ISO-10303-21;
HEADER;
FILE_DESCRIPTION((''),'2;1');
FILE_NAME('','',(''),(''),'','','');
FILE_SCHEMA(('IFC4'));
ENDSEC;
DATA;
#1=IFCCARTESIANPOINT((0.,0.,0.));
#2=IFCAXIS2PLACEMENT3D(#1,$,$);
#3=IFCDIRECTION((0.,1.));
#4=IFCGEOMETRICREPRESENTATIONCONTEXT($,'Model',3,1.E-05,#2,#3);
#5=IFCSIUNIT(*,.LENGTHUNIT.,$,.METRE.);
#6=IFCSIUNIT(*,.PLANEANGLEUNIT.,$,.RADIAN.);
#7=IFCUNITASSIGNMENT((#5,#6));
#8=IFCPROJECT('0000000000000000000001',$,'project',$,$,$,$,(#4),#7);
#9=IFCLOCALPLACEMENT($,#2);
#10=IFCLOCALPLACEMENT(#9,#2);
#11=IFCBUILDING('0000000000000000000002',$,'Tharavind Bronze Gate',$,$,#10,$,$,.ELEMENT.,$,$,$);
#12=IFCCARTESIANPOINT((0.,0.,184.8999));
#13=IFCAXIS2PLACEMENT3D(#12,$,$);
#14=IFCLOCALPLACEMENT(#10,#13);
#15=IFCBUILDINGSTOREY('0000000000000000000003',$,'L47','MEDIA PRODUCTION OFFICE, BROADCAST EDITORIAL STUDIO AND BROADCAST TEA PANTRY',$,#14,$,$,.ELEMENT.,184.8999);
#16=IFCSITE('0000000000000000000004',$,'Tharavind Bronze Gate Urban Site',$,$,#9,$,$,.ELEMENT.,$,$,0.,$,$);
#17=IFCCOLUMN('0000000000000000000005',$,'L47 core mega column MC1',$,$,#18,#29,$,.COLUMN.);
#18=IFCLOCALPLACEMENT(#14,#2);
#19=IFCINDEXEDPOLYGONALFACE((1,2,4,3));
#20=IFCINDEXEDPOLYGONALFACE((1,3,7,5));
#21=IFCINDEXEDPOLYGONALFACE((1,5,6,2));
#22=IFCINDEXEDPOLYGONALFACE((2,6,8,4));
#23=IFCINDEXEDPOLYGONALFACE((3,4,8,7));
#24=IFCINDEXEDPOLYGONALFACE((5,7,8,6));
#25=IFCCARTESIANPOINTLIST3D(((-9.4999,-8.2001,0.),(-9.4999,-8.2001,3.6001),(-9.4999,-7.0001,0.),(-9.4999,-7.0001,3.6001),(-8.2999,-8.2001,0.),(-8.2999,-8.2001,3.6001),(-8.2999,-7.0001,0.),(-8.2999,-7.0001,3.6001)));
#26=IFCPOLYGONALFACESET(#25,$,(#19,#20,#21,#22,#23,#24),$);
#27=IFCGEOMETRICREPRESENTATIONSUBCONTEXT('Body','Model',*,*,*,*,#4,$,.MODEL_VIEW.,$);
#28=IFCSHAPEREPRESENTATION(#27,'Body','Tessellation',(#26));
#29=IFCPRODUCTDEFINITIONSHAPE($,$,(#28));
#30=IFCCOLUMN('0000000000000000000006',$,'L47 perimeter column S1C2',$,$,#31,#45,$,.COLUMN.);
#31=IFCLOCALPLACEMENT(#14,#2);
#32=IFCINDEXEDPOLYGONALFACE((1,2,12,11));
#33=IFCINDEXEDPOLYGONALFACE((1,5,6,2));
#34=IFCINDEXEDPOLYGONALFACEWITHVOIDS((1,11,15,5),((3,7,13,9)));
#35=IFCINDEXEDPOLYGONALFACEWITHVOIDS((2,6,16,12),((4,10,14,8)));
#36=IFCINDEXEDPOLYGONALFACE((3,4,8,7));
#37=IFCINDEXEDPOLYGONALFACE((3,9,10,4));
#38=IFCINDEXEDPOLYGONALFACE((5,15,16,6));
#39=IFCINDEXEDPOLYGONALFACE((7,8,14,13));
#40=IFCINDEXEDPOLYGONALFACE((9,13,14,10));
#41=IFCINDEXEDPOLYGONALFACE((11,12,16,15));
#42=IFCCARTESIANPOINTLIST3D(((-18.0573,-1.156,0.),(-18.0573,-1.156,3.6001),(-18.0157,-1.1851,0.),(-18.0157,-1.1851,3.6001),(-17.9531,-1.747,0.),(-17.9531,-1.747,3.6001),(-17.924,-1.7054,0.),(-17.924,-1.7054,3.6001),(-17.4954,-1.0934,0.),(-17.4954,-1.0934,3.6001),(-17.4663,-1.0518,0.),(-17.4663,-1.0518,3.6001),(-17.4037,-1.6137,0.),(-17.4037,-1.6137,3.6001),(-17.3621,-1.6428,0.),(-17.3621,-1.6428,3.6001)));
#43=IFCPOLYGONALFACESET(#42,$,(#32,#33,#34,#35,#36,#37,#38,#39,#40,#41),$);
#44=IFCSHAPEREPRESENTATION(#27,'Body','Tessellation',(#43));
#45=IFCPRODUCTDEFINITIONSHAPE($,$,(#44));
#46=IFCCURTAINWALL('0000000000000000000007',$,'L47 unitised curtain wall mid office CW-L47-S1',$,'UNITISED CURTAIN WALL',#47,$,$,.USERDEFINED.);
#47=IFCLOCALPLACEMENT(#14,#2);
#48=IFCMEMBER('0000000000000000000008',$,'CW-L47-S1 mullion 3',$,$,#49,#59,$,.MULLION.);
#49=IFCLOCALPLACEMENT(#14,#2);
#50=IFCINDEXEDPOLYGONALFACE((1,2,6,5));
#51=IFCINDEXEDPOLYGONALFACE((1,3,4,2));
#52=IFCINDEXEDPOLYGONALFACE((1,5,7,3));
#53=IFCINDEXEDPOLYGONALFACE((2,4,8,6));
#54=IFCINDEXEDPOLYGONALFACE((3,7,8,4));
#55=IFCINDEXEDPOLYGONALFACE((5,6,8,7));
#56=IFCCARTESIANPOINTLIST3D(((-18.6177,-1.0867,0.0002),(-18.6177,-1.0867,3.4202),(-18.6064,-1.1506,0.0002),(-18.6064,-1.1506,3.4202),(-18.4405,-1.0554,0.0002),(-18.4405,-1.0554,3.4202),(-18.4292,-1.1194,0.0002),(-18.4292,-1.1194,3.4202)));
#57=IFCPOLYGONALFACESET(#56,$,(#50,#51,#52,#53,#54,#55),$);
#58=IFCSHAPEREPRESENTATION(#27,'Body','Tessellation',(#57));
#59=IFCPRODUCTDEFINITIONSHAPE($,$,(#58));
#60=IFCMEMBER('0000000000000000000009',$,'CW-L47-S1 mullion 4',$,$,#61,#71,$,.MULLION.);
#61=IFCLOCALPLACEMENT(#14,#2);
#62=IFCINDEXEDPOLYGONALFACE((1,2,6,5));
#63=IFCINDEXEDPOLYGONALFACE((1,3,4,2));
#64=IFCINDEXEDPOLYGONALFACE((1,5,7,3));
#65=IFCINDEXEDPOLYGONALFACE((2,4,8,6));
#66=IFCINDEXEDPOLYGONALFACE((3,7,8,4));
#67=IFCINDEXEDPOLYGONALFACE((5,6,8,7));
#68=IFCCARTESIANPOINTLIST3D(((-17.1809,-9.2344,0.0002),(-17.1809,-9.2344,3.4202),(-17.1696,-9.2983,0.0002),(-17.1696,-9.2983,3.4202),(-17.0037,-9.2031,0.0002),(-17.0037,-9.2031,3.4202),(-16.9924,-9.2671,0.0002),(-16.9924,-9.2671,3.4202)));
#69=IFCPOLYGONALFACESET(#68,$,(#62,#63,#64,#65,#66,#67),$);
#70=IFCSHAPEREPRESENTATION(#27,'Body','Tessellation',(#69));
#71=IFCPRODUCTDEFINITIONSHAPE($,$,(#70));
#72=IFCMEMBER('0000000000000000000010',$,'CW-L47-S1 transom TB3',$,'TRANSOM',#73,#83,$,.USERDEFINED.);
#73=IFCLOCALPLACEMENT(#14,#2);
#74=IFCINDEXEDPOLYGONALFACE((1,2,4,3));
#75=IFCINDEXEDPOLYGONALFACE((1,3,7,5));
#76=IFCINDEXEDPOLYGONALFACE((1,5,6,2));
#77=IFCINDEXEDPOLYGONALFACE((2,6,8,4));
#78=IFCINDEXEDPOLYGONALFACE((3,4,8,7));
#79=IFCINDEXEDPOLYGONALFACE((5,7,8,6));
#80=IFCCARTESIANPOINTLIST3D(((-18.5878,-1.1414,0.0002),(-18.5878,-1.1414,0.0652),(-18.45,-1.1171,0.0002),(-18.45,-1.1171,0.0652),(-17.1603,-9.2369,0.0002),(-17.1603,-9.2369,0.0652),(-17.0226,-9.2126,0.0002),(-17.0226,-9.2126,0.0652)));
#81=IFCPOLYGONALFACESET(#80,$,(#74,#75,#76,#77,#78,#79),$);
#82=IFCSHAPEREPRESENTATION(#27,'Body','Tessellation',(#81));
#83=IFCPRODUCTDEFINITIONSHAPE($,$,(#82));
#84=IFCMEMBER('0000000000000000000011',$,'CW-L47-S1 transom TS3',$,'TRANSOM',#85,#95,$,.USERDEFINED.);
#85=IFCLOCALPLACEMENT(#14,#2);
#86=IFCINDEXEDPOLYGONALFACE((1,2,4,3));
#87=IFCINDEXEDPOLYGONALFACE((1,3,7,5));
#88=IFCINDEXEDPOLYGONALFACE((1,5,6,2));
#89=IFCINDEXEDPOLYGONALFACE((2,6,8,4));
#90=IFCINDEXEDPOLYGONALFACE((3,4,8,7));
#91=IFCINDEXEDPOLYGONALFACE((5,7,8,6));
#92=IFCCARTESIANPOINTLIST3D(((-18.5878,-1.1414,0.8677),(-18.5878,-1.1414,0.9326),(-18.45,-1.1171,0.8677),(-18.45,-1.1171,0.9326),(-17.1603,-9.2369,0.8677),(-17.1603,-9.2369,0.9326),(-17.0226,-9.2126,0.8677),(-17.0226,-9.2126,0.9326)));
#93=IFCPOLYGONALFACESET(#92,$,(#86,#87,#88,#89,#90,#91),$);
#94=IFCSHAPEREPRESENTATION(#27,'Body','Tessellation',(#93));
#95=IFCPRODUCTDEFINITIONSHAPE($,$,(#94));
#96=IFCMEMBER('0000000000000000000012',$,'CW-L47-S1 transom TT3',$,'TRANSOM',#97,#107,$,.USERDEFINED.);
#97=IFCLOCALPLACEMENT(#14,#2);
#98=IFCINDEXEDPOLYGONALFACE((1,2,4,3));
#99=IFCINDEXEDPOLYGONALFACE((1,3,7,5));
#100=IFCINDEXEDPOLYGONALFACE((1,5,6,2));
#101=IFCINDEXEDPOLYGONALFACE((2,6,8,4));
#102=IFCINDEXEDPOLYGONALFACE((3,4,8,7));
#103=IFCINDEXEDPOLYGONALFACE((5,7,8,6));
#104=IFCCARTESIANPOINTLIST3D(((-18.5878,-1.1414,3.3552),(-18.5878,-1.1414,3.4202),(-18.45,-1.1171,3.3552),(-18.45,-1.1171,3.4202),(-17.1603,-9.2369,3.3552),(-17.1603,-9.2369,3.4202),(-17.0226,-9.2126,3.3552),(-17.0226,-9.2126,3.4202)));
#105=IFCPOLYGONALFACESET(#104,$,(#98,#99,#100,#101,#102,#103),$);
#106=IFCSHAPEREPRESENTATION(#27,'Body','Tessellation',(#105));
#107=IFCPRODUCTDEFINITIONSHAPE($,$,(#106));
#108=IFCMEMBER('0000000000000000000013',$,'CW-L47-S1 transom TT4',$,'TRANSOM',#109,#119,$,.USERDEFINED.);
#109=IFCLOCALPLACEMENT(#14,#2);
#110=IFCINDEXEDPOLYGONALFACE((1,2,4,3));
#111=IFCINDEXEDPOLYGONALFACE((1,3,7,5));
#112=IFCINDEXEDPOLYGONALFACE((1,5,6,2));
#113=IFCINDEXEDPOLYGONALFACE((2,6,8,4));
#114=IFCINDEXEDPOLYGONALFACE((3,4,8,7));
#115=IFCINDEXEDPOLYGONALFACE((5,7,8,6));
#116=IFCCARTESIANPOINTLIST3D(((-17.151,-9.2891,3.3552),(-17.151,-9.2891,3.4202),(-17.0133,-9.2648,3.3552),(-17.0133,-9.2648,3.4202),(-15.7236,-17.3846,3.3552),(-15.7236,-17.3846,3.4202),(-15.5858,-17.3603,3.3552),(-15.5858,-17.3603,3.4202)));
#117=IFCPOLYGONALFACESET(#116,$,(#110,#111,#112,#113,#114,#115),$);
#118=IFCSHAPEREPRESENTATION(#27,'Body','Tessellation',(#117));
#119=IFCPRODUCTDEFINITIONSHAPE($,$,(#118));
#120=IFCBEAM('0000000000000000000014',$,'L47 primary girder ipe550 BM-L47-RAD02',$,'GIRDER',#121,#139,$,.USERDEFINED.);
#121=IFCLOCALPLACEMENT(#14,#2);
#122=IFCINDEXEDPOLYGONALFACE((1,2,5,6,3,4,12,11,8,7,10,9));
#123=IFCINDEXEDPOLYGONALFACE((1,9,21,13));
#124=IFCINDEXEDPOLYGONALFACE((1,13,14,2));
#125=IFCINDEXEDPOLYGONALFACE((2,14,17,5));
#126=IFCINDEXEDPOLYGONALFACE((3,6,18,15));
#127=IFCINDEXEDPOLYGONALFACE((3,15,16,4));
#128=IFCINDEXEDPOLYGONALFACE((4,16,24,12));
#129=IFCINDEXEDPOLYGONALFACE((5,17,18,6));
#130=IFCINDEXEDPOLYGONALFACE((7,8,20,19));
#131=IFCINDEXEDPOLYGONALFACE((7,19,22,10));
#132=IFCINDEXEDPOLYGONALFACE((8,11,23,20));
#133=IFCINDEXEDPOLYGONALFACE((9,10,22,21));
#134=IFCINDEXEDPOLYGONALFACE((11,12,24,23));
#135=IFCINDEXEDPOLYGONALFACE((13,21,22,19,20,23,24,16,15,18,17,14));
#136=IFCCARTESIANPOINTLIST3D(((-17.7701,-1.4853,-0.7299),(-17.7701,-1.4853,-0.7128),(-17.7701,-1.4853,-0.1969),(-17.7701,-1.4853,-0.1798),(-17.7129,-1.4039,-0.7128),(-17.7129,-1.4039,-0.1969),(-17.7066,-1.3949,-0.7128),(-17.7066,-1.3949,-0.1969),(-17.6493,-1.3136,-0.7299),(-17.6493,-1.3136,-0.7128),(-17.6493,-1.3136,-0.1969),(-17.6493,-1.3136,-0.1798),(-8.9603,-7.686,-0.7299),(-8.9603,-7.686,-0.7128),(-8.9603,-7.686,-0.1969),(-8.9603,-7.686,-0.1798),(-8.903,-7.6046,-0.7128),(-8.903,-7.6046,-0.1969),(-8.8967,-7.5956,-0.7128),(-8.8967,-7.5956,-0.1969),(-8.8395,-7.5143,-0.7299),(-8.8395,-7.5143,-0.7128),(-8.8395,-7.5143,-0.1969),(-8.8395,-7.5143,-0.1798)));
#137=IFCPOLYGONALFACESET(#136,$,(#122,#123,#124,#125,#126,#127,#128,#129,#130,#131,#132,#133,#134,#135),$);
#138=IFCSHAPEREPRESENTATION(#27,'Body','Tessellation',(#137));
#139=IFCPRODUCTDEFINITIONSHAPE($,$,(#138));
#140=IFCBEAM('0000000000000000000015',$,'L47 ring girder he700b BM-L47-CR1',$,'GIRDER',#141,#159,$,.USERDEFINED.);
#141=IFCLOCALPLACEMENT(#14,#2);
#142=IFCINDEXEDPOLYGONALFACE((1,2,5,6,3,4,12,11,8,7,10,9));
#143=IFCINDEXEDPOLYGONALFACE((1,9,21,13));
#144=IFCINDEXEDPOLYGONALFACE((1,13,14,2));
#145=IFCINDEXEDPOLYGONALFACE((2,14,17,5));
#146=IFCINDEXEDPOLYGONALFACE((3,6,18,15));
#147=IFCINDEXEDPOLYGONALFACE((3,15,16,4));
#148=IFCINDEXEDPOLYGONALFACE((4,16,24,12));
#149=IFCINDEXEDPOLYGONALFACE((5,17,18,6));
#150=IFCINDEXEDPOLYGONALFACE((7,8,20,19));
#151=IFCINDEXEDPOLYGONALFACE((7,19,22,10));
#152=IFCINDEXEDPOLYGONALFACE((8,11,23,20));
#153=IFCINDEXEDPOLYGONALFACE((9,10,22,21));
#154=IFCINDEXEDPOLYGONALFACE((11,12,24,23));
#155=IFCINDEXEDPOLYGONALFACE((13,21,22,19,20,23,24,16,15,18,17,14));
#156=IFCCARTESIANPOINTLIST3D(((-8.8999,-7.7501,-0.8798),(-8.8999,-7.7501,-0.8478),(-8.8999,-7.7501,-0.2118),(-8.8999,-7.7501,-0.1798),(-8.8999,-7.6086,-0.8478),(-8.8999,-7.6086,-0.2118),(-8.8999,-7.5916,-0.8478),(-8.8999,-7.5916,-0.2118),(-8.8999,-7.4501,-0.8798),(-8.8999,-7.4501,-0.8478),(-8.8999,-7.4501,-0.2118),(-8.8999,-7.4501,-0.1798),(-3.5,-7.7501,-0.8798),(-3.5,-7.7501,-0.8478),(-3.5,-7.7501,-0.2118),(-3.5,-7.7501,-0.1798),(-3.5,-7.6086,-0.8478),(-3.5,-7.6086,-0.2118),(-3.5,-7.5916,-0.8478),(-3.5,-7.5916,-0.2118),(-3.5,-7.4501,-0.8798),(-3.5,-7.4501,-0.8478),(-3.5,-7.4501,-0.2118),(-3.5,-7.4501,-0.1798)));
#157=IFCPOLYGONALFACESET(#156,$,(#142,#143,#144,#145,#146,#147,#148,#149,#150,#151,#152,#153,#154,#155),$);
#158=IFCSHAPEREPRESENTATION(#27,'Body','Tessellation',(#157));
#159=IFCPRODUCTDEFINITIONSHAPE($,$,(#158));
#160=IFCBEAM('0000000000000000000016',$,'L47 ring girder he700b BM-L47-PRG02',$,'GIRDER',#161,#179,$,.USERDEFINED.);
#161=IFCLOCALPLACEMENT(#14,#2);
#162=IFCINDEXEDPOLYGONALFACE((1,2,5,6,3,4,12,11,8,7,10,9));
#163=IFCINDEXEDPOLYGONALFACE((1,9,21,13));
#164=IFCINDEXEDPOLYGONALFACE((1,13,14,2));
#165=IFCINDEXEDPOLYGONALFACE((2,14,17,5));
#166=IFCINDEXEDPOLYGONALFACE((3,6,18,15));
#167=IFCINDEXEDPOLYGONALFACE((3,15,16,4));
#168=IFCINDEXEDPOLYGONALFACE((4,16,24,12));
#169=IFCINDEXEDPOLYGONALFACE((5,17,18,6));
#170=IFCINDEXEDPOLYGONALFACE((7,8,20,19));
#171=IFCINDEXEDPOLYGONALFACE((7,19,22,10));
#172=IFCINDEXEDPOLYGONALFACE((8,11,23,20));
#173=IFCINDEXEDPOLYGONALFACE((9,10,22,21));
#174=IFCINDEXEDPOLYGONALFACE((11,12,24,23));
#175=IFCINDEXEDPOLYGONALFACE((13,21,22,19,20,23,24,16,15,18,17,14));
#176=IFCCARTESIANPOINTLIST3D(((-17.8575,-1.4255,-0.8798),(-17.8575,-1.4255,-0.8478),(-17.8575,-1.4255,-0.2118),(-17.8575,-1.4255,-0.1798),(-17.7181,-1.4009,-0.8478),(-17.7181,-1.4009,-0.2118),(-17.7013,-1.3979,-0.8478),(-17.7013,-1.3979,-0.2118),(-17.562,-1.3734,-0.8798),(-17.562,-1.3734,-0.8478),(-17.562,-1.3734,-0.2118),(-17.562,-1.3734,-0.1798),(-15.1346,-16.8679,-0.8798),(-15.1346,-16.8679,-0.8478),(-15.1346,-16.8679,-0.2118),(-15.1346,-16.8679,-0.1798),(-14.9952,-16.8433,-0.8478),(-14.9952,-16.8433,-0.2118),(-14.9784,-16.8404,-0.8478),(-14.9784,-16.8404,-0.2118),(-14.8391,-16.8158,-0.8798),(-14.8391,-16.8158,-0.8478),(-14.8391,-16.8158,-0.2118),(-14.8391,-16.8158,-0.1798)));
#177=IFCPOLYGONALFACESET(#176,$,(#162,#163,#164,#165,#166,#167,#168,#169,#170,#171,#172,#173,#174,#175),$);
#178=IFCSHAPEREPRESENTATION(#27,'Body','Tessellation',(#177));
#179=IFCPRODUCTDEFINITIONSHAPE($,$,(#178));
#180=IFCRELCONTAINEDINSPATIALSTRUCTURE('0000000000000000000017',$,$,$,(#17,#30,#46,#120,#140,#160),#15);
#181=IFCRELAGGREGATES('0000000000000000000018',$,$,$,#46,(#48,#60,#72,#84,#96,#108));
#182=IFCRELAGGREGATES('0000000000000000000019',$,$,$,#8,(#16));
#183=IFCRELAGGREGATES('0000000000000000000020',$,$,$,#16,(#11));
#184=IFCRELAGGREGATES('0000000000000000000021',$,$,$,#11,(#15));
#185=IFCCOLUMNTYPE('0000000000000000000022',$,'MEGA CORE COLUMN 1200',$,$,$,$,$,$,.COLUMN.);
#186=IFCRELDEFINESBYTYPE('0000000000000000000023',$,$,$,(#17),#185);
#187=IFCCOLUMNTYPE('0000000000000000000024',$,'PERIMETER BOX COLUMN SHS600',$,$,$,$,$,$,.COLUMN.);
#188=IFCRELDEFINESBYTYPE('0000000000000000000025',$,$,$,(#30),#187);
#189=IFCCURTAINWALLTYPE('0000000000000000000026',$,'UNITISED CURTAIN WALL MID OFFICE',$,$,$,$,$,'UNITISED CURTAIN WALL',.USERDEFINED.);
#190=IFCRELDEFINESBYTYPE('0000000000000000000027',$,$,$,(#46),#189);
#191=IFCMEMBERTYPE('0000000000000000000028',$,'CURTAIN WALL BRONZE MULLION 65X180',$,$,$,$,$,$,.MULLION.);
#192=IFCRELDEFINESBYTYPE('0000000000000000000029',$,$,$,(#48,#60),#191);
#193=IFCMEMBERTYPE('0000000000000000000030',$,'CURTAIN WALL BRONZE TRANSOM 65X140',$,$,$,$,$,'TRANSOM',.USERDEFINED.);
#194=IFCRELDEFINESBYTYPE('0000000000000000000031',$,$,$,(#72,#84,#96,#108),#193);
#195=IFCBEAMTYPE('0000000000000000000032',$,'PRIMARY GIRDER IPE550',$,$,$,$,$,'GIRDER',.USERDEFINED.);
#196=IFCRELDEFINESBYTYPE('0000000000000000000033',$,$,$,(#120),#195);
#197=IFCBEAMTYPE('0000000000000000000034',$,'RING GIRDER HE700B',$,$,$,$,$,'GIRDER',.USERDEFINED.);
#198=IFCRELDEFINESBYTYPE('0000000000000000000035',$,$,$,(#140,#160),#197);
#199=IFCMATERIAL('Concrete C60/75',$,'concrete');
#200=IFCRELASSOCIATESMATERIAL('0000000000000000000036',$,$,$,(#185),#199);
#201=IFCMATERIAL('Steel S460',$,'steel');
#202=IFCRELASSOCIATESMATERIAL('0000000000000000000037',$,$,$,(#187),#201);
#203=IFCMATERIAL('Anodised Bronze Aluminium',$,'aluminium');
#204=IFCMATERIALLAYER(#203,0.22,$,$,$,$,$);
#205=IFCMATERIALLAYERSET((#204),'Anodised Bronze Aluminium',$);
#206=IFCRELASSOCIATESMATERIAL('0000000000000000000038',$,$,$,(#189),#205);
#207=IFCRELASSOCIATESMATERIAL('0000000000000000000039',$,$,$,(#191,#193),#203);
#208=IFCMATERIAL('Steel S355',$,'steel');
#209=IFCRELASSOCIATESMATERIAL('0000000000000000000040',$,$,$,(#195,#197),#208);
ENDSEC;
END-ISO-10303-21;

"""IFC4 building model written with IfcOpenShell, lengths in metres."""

from ifc_helpers import new_model, si_unit, direction, frame, origin, origin_2d, place, context, subcontext, project, spatial, rectangle, hollow_rectangle, i_section, extrude, material, layer, layer_set, material_profile, profile_set, type_object, element, aggregate, save


model = new_model("IFC4")

# Units and contexts
model_context = context("Model", 3, precision=1e-05, world=origin(), true_north=direction((0.0, 1.0)))
body_context = subcontext(model_context, "Body", "Model", "MODEL_VIEW")
ifc_project = project(units=[si_unit("LENGTHUNIT", "METRE"), si_unit("PLANEANGLEUNIT", "RADIAN")], contexts=[model_context])

# Site, building, storey
site_placement = place(None, origin())
site = spatial("IfcSite", under=ifc_project, at=site_placement, Name="Tharavind Bronze Gate Urban Site", CompositionType="ELEMENT", RefElevation=0.0)
building_placement = place(site_placement, origin())
building = spatial("IfcBuilding", under=site, at=building_placement, Name="Tharavind Bronze Gate", CompositionType="ELEMENT")
storey_placement = place(building_placement, frame((0.0, 0.0, 184.8999)))
storey = spatial("IfcBuildingStorey", under=building, at=storey_placement, Name="L47", Description="MEDIA PRODUCTION OFFICE, BROADCAST EDITORIAL STUDIO AND BROADCAST TEA PANTRY", CompositionType="ELEMENT", Elevation=184.8999)

# Columns
ifc_material_1 = material(Name="Concrete C60/75", Category="concrete")
ifc_material_profile_1 = material_profile(ifc_material_1, rectangle(XDim=1.2, YDim=1.2, at=origin_2d()), Name="RCCOL1200")
ifc_profile_set_1 = profile_set([ifc_material_profile_1], Name="Concrete C60/75")
column_type_1 = type_object("IfcColumnType", Name="MEGA CORE COLUMN 1200", PredefinedType="COLUMN", material=ifc_profile_set_1)
column_1_placement = place(storey_placement, frame((-8.8999, -7.6001, 0.0), z_axis=(0.0, 0.0, 1.0), x_axis=(1.0, 0.0, 0.0)))
element("IfcColumn", 1, at=column_1_placement, inside=storey, type_object=column_type_1, Name="L47 core mega column MC1", PredefinedType="COLUMN", context=body_context, shape_type="SweptSolid", body=[
    extrude(rectangle(XDim=1.2, YDim=1.2, at=origin_2d()), origin(), (0.0, 0.0, 1.0), 3.6001),
])
ifc_material_2 = material(Name="Steel S460", Category="steel")
ifc_material_profile_2 = material_profile(ifc_material_2, hollow_rectangle(XDim=0.6001, YDim=0.6001, WallThickness=0.0359, at=origin_2d()), Name="SHS600X36")
ifc_profile_set_2 = profile_set([ifc_material_profile_2], Name="Steel S460")
column_type_2 = type_object("IfcColumnType", Name="PERIMETER BOX COLUMN SHS600", PredefinedType="COLUMN", material=ifc_profile_set_2)
column_2_placement = place(storey_placement, frame((-17.7097, -1.3994, 0.0), z_axis=(0.0, 0.0, 1.0), x_axis=(-0.173648, 0.984808, 0.0)))
element("IfcColumn", 2, at=column_2_placement, inside=storey, type_object=column_type_2, Name="L47 perimeter column S1C2", PredefinedType="COLUMN", context=body_context, shape_type="SweptSolid", body=[
    extrude(hollow_rectangle(XDim=0.6001, YDim=0.6001, WallThickness=0.0359, at=origin_2d()), origin(), (0.0, 0.0, 1.0), 3.6001),
])

# Curtain wall, members
ifc_material_3 = material(Name="Anodised Bronze Aluminium", Category="aluminium")
ifc_layer_1 = layer(ifc_material_3, 0.22)
ifc_layer_set_1 = layer_set([ifc_layer_1], Name="Anodised Bronze Aluminium")
curtain_wall_type = type_object("IfcCurtainWallType", Name="UNITISED CURTAIN WALL MID OFFICE", ElementType="UNITISED CURTAIN WALL", PredefinedType="USERDEFINED", material=ifc_layer_set_1)
curtain_wall_placement = place(storey_placement, origin())
curtain_wall = element("IfcCurtainWall", 3, at=curtain_wall_placement, inside=storey, type_object=curtain_wall_type, Name="L47 unitised curtain wall mid office CW-L47-S1", ObjectType="UNITISED CURTAIN WALL", PredefinedType="USERDEFINED")
member_type_1 = type_object("IfcMemberType", Name="CURTAIN WALL BRONZE MULLION 65X180", PredefinedType="MULLION", material=ifc_material_3)
member_1_placement = place(storey_placement, frame((-18.5234, -1.103, 0.0002), z_axis=(0.0, 0.0, 1.0), x_axis=(0.173648, -0.984808, 0.0)))
member_1 = element("IfcMember", 4, at=member_1_placement, type_object=member_type_1, Name="CW-L47-S1 mullion 3", PredefinedType="MULLION", context=body_context, shape_type="SweptSolid", body=[
    extrude(rectangle(XDim=0.0649, YDim=0.1799, at=origin_2d()), origin(), (0.0, 0.0, 1.0), 3.4199),
])
member_2_placement = place(storey_placement, frame((-17.0867, -9.2507, 0.0002), z_axis=(0.0, 0.0, 1.0), x_axis=(0.173648, -0.984808, 0.0)))
member_2 = element("IfcMember", 5, at=member_2_placement, type_object=member_type_1, Name="CW-L47-S1 mullion 4", PredefinedType="MULLION", context=body_context, shape_type="SweptSolid", body=[
    extrude(rectangle(XDim=0.0649, YDim=0.1799, at=origin_2d()), origin(), (0.0, 0.0, 1.0), 3.4199),
])
member_type_2 = type_object("IfcMemberType", Name="CURTAIN WALL BRONZE TRANSOM 65X140", ElementType="TRANSOM", PredefinedType="USERDEFINED", material=ifc_material_3)
member_3_placement = place(storey_placement, frame((-17.8052, -5.177, 0.0002), z_axis=(0.0, 0.0, 1.0), x_axis=(0.173648, -0.984808, 0.0)))
member_3 = element("IfcMember", 6, at=member_3_placement, type_object=member_type_2, Name="CW-L47-S1 transom TB3", ObjectType="TRANSOM", PredefinedType="USERDEFINED", context=body_context, shape_type="SweptSolid", body=[
    extrude(rectangle(XDim=8.2205, YDim=0.1399, at=origin_2d()), origin(), (0.0, 0.0, 1.0), 0.0649),
])
member_4_placement = place(storey_placement, frame((-17.8052, -5.177, 0.8677), z_axis=(0.0, 0.0, 1.0), x_axis=(0.173648, -0.984808, 0.0)))
member_4 = element("IfcMember", 7, at=member_4_placement, type_object=member_type_2, Name="CW-L47-S1 transom TS3", ObjectType="TRANSOM", PredefinedType="USERDEFINED", context=body_context, shape_type="SweptSolid", body=[
    extrude(rectangle(XDim=8.2205, YDim=0.1399, at=origin_2d()), origin(), (0.0, 0.0, 1.0), 0.0649),
])
member_5_placement = place(storey_placement, frame((-17.8052, -5.177, 3.3552), z_axis=(0.0, 0.0, 1.0), x_axis=(0.173648, -0.984808, 0.0)))
member_5 = element("IfcMember", 8, at=member_5_placement, type_object=member_type_2, Name="CW-L47-S1 transom TT3", ObjectType="TRANSOM", PredefinedType="USERDEFINED", context=body_context, shape_type="SweptSolid", body=[
    extrude(rectangle(XDim=8.2205, YDim=0.1399, at=origin_2d()), origin(), (0.0, 0.0, 1.0), 0.0649),
])
member_6_placement = place(storey_placement, frame((-16.3684, -13.3247, 3.3552), z_axis=(0.0, 0.0, 1.0), x_axis=(0.173648, -0.984808, 0.0)))
member_6 = element("IfcMember", 9, at=member_6_placement, type_object=member_type_2, Name="CW-L47-S1 transom TT4", ObjectType="TRANSOM", PredefinedType="USERDEFINED", context=body_context, shape_type="SweptSolid", body=[
    extrude(rectangle(XDim=8.2205, YDim=0.1399, at=origin_2d()), origin(), (0.0, 0.0, 1.0), 0.0649),
])

# Beams
ifc_material_4 = material(Name="Steel S355", Category="steel")
ifc_material_profile_3 = material_profile(ifc_material_4, i_section(OverallWidth=0.21, OverallDepth=0.55, WebThickness=0.011, FlangeThickness=0.0171, at=origin_2d()), Name="IPE550")
ifc_profile_set_3 = profile_set([ifc_material_profile_3], Name="Steel S355")
beam_type_1 = type_object("IfcBeamType", Name="PRIMARY GIRDER IPE550", ElementType="GIRDER", PredefinedType="USERDEFINED", material=ifc_profile_set_3)
beam_1_placement = place(storey_placement, frame((-17.7097, -1.3994, -0.4548), z_axis=(0.817755, -0.575567, 0.0), x_axis=(0.575567, 0.817755, 0.0)))
element("IfcBeam", 10, at=beam_1_placement, inside=storey, type_object=beam_type_1, Name="L47 primary girder ipe550 BM-L47-RAD02", ObjectType="GIRDER", PredefinedType="USERDEFINED", context=body_context, shape_type="SweptSolid", body=[
    extrude(i_section(OverallWidth=0.21, OverallDepth=0.55, WebThickness=0.011, FlangeThickness=0.0171, at=origin_2d()), origin(), (0.0, 0.0, 1.0), 10.7732),
])
ifc_material_profile_4 = material_profile(ifc_material_4, i_section(OverallWidth=0.3, OverallDepth=0.7, WebThickness=0.0171, FlangeThickness=0.032, at=origin_2d()), Name="HE700B")
ifc_profile_set_4 = profile_set([ifc_material_profile_4], Name="Steel S355")
beam_type_2 = type_object("IfcBeamType", Name="RING GIRDER HE700B", ElementType="GIRDER", PredefinedType="USERDEFINED", material=ifc_profile_set_4)
beam_2_placement = place(storey_placement, frame((-8.8999, -7.6001, -0.5298), z_axis=(1.0, 0.0, 0.0), x_axis=(0.0, 1.0, 0.0)))
element("IfcBeam", 11, at=beam_2_placement, inside=storey, type_object=beam_type_2, Name="L47 ring girder he700b BM-L47-CR1", ObjectType="GIRDER", PredefinedType="USERDEFINED", context=body_context, shape_type="SweptSolid", body=[
    extrude(i_section(OverallWidth=0.3, OverallDepth=0.7, WebThickness=0.0171, FlangeThickness=0.032, at=origin_2d()), origin(), (0.0, 0.0, 1.0), 5.3999),
])
beam_3_placement = place(storey_placement, frame((-17.7097, -1.3994, -0.5298), z_axis=(0.173648, -0.984808, 0.0), x_axis=(0.984808, 0.173648, 0.0)))
element("IfcBeam", 12, at=beam_3_placement, inside=storey, type_object=beam_type_2, Name="L47 ring girder he700b BM-L47-PRG02", ObjectType="GIRDER", PredefinedType="USERDEFINED", context=body_context, shape_type="SweptSolid", body=[
    extrude(i_section(OverallWidth=0.3, OverallDepth=0.7, WebThickness=0.0171, FlangeThickness=0.032, at=origin_2d()), origin(), (0.0, 0.0, 1.0), 15.6807),
])

aggregate(curtain_wall, [member_1, member_2, member_3, member_4, member_5, member_6])

save(model, "model.ifc")
